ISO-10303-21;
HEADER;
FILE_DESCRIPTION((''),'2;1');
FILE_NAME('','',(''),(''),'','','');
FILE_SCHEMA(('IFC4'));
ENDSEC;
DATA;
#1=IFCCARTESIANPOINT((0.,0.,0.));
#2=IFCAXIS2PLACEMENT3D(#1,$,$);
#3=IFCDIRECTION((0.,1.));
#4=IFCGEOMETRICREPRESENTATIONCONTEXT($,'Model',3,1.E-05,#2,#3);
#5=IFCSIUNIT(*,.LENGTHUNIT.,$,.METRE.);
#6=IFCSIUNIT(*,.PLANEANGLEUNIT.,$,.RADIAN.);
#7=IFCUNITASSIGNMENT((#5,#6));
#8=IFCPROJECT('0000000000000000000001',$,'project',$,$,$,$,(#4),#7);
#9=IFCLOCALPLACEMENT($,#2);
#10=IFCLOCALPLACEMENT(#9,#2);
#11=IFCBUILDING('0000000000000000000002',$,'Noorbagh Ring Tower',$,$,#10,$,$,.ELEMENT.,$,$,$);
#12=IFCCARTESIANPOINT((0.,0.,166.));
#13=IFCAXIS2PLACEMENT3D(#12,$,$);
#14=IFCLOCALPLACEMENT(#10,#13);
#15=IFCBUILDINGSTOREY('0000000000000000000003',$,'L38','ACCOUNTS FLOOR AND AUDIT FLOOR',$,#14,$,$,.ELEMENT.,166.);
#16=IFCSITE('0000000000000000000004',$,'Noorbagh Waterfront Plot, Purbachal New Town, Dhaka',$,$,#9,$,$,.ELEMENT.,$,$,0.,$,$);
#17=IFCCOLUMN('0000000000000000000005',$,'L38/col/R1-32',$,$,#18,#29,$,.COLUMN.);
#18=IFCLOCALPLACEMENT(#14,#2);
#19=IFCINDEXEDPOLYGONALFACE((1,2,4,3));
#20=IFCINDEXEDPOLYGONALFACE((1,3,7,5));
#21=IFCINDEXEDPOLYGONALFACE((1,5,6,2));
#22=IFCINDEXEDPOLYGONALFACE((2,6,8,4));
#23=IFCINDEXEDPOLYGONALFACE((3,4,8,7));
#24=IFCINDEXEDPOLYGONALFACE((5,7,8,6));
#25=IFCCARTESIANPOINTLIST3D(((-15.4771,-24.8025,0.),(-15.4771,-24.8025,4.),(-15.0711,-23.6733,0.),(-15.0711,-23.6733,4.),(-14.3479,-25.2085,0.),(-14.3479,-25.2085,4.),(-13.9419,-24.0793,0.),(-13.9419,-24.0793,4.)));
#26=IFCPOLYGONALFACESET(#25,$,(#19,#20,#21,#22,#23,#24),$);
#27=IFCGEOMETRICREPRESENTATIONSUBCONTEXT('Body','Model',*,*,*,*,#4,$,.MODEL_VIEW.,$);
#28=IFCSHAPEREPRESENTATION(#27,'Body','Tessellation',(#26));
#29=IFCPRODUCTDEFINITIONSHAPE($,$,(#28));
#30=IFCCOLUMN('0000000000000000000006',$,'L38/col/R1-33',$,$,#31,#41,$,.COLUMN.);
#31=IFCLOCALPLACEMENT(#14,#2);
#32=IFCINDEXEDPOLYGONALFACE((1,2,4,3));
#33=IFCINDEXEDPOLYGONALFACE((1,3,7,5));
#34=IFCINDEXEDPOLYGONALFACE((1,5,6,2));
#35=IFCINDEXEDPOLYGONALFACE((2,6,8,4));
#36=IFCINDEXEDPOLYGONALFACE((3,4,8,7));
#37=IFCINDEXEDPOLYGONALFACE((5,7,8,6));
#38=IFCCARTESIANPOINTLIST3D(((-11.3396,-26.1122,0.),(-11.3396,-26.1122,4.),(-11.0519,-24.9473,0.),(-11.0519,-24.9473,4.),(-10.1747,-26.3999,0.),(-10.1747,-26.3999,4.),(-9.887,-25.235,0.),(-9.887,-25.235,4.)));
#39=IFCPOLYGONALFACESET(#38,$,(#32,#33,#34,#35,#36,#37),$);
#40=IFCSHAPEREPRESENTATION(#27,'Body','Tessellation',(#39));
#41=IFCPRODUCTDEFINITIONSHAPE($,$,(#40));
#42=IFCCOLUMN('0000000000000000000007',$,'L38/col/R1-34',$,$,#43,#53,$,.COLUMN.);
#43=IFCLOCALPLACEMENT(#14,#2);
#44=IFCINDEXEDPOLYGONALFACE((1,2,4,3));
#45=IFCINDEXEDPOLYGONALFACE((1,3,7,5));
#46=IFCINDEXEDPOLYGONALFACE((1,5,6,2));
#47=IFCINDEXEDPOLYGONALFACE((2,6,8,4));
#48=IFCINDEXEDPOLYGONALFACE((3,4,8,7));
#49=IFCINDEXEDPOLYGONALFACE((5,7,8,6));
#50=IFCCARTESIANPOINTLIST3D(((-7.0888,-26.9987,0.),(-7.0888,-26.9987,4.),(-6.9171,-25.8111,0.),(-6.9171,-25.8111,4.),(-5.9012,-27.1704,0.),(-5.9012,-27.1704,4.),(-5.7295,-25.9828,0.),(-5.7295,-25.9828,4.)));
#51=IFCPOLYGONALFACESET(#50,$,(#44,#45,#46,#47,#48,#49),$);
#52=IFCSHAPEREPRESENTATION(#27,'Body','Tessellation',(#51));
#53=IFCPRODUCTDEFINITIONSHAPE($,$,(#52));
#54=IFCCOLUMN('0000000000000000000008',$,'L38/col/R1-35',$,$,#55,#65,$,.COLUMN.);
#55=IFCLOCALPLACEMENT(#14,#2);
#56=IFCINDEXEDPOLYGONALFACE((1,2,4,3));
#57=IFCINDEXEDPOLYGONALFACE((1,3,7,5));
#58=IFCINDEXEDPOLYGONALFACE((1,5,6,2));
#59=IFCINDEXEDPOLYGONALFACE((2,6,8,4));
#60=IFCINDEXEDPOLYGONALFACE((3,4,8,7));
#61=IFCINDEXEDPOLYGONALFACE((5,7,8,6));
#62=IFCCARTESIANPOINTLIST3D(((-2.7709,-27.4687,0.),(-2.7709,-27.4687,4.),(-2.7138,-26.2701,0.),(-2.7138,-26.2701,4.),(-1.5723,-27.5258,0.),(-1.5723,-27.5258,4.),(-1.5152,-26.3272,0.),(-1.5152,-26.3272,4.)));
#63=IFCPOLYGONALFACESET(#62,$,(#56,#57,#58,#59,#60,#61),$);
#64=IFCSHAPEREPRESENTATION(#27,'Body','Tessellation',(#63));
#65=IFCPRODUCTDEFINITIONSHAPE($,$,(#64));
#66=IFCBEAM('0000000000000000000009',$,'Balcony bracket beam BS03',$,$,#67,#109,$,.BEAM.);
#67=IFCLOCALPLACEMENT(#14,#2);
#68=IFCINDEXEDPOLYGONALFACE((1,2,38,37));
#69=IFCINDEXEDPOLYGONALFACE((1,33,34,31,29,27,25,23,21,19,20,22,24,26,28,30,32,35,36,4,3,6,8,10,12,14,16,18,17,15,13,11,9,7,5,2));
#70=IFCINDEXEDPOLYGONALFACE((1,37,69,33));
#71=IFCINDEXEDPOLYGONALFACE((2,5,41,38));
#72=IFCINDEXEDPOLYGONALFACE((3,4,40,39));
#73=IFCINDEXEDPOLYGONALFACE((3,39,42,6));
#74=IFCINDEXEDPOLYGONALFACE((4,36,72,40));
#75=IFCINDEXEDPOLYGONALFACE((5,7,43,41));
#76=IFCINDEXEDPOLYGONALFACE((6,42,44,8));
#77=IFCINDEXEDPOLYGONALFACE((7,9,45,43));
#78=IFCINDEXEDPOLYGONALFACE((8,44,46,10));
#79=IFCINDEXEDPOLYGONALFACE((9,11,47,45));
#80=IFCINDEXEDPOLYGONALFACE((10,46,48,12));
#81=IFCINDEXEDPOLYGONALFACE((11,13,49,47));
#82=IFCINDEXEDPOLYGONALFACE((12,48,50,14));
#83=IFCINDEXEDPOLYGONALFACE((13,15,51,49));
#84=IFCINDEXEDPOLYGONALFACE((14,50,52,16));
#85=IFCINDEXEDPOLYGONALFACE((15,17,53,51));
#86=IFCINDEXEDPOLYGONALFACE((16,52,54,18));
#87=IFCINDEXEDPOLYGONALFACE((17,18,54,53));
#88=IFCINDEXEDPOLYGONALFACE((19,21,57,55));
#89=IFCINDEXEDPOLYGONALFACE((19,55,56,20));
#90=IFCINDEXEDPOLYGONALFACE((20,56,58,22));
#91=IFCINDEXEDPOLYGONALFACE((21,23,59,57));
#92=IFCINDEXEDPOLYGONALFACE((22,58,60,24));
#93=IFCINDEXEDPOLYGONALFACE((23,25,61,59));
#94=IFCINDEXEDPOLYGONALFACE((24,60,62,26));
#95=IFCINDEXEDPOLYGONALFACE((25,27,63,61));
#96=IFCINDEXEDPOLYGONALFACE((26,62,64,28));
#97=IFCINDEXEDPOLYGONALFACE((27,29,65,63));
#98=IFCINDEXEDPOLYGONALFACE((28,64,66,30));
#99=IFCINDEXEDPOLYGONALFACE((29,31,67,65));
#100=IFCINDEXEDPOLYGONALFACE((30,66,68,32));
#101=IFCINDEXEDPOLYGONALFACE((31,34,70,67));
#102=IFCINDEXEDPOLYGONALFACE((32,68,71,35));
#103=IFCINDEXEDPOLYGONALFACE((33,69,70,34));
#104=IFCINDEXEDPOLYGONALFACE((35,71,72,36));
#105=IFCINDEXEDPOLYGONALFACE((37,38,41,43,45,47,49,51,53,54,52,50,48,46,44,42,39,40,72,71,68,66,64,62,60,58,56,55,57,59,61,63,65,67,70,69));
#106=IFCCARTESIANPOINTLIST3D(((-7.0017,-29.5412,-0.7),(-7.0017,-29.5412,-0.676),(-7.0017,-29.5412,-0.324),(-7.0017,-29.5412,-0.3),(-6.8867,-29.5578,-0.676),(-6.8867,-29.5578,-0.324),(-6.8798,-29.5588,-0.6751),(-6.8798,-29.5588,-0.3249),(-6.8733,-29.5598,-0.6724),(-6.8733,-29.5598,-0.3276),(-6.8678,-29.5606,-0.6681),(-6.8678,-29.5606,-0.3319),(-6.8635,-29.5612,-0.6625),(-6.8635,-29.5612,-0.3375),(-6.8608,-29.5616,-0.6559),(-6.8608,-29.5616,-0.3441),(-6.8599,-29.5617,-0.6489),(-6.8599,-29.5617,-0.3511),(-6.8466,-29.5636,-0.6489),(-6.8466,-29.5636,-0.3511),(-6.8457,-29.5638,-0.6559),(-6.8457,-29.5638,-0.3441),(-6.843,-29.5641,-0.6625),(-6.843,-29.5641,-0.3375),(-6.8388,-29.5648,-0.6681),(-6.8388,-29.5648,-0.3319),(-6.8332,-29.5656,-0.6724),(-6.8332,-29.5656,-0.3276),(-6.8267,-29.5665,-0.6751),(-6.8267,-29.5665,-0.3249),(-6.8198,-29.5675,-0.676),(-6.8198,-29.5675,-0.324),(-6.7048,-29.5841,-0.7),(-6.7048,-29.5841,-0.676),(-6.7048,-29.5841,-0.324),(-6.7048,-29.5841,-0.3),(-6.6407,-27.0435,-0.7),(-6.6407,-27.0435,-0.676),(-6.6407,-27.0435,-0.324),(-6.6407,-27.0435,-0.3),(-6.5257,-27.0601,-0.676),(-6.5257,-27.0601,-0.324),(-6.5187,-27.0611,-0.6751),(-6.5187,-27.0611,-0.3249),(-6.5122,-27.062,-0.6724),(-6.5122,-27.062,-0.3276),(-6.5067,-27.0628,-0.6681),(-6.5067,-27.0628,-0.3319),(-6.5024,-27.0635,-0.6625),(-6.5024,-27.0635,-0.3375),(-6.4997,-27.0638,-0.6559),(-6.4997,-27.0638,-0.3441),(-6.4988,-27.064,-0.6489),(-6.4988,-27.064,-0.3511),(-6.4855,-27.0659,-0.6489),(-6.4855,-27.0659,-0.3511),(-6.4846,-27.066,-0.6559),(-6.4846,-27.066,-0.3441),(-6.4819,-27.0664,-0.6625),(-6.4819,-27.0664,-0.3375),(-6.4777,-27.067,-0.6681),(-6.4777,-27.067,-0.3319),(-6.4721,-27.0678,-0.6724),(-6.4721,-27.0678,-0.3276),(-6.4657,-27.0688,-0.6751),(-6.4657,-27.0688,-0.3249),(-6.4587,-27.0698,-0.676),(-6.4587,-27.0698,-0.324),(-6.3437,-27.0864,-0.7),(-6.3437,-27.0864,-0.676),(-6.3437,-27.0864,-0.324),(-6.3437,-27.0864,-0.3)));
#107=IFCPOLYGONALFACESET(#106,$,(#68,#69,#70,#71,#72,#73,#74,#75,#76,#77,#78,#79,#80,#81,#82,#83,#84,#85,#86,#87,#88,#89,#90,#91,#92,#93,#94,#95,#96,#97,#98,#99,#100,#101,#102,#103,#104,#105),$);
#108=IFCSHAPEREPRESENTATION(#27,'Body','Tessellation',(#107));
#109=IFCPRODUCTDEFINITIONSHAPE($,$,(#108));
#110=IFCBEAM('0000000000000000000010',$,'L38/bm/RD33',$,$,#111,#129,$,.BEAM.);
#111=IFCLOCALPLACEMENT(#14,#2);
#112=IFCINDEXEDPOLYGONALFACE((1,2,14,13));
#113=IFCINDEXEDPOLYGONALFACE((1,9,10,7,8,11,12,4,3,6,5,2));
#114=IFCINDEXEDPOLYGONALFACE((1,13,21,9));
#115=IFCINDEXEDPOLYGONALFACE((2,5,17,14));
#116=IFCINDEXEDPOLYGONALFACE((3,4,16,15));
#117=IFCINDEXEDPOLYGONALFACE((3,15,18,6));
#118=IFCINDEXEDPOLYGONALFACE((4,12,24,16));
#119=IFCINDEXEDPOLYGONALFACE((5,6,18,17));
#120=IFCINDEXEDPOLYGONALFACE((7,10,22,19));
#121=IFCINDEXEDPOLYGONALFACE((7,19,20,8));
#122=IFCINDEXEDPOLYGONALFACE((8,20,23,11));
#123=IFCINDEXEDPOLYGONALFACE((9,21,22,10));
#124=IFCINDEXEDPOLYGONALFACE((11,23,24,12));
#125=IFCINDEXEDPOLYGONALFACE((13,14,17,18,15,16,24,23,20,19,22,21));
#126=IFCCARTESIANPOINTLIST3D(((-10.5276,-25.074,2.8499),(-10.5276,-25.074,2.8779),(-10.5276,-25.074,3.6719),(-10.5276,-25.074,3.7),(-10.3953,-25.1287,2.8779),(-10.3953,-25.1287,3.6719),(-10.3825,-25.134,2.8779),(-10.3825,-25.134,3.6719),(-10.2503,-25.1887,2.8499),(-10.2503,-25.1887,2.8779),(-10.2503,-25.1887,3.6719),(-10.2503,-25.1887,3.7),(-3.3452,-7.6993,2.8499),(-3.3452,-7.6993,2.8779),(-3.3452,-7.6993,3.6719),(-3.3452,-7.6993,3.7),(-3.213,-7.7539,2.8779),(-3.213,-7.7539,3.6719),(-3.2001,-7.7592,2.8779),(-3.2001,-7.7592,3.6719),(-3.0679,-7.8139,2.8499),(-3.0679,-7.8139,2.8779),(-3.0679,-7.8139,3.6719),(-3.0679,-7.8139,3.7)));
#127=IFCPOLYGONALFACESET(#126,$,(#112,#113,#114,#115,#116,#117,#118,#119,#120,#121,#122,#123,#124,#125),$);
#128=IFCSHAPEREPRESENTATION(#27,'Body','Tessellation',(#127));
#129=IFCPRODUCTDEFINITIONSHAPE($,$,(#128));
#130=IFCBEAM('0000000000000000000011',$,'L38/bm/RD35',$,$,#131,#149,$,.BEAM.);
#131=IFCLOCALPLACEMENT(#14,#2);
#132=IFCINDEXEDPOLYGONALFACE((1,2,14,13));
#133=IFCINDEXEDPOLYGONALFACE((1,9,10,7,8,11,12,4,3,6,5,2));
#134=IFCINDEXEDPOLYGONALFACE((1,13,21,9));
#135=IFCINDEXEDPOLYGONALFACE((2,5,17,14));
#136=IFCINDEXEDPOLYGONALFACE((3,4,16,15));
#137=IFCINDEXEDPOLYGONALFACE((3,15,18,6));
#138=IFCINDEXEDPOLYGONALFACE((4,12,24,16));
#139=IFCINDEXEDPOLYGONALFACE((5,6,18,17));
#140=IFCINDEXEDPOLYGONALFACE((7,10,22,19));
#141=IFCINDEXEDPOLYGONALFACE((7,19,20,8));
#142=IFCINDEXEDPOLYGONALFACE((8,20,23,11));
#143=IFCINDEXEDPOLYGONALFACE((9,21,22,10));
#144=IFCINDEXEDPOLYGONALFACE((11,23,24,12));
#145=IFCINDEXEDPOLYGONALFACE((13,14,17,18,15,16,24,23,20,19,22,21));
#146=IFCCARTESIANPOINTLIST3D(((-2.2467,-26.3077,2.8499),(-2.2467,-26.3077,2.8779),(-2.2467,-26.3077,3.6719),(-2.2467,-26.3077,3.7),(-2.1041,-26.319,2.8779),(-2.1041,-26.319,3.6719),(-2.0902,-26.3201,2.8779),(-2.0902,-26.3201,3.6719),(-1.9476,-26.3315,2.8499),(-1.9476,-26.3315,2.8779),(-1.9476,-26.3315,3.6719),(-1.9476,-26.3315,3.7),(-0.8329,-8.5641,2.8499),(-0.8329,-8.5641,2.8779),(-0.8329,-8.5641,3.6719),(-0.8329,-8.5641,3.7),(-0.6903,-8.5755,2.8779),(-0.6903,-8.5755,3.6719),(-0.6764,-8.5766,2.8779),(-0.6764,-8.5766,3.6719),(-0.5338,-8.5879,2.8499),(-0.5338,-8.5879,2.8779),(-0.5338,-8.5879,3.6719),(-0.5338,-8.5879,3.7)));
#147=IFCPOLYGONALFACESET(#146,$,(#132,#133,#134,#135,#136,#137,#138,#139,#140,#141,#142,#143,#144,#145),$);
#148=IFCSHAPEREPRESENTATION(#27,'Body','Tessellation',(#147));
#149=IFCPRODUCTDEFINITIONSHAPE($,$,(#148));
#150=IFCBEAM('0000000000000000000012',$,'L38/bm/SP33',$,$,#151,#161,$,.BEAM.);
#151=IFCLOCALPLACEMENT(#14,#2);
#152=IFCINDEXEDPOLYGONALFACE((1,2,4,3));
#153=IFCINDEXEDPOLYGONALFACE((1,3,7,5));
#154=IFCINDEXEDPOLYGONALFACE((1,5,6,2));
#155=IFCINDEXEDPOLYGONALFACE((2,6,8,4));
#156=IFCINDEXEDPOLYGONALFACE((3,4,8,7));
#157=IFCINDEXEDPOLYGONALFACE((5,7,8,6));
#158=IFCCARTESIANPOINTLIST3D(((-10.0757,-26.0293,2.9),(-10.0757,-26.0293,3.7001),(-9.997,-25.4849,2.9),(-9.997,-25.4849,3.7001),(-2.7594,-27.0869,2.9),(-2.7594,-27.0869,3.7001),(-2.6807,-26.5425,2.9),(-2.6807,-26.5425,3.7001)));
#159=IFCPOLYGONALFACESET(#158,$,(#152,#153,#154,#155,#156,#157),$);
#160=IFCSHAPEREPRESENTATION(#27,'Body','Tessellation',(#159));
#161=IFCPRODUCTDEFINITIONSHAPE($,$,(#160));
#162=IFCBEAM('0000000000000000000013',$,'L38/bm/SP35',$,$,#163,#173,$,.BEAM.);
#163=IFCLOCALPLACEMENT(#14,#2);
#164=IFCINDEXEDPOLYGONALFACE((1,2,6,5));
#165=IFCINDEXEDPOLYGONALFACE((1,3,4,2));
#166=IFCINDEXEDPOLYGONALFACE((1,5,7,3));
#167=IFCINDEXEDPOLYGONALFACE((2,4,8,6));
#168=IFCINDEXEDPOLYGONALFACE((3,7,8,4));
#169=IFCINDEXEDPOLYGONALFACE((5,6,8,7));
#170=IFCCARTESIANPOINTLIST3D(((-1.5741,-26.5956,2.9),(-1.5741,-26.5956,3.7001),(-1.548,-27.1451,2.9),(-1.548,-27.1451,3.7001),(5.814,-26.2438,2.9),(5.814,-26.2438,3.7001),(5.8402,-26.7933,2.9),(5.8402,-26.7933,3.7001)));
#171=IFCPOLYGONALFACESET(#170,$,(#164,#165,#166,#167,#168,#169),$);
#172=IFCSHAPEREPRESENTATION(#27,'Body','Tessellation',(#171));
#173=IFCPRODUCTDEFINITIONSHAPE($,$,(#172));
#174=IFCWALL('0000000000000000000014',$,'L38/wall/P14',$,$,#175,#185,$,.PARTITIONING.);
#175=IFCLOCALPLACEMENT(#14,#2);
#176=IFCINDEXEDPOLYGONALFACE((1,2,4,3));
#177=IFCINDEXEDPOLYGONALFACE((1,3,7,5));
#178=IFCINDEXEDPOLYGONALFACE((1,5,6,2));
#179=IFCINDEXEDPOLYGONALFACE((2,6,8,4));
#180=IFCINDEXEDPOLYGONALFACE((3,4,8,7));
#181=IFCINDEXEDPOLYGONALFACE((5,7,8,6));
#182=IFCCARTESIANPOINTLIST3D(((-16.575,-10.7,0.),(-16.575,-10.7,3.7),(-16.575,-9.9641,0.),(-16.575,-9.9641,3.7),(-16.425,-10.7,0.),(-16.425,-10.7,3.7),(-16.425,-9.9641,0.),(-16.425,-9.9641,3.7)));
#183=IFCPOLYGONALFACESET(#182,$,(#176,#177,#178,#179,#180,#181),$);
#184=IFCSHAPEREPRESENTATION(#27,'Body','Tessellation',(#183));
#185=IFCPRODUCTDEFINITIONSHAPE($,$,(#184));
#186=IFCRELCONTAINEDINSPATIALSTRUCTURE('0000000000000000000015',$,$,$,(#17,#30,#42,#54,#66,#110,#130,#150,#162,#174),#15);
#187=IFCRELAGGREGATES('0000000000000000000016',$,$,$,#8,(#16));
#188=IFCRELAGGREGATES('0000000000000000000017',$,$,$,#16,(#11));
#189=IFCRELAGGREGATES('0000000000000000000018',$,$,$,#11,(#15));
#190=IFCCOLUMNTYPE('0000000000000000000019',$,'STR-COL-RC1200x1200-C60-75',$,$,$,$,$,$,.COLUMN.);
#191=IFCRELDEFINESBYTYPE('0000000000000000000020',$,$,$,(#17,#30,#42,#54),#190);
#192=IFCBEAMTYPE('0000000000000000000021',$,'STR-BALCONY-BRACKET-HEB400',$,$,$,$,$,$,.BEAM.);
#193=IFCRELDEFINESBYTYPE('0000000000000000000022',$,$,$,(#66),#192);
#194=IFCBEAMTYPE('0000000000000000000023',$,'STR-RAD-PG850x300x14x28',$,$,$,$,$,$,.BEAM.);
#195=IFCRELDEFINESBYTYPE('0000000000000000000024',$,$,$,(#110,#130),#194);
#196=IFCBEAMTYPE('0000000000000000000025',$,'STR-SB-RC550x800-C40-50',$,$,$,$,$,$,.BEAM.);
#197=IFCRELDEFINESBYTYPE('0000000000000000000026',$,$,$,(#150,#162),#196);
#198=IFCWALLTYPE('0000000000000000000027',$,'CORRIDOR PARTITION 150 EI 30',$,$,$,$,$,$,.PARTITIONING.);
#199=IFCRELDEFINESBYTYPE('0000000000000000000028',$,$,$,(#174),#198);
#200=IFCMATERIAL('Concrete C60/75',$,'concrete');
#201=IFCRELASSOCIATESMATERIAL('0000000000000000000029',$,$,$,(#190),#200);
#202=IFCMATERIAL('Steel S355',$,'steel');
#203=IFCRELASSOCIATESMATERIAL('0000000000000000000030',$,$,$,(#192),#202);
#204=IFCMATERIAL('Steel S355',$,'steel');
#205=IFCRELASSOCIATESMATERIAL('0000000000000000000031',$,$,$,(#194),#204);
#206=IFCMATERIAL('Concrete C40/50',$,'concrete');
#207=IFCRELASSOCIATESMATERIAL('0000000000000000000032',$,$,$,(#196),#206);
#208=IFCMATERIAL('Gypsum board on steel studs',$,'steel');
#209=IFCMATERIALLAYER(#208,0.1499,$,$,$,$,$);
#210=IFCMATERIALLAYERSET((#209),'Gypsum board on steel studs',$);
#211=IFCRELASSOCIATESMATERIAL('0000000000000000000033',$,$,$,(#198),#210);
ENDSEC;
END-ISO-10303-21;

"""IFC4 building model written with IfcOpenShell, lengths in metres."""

from ifc_helpers import new_model, si_unit, direction, frame, frame_2d, origin, origin_2d, place, context, subcontext, project, spatial, rectangle, i_section, extrude, material, layer, layer_set, material_profile, profile_set, type_object, element, save


model = new_model("IFC4")

# Units and contexts
model_context = context("Model", 3, precision=1e-05, world=origin(), true_north=direction((0.0, 1.0)))
body_context = subcontext(model_context, "Body", "Model", "MODEL_VIEW")
ifc_project = project(units=[si_unit("LENGTHUNIT", "METRE"), si_unit("PLANEANGLEUNIT", "RADIAN")], contexts=[model_context])

# Site, building, storey
site_placement = place(None, origin())
site = spatial("IfcSite", under=ifc_project, at=site_placement, Name="Noorbagh Waterfront Plot, Purbachal New Town, Dhaka", CompositionType="ELEMENT", RefElevation=0.0)
building_placement = place(site_placement, origin())
building = spatial("IfcBuilding", under=site, at=building_placement, Name="Noorbagh Ring Tower", CompositionType="ELEMENT")
storey_placement = place(building_placement, frame((0.0, 0.0, 166.0)))
storey = spatial("IfcBuildingStorey", under=building, at=storey_placement, Name="L38", Description="ACCOUNTS FLOOR AND AUDIT FLOOR", CompositionType="ELEMENT", Elevation=166.0)

# Columns
ifc_material_1 = material(Name="Concrete C60/75", Category="concrete")
ifc_material_profile_1 = material_profile(ifc_material_1, rectangle(XDim=1.2, YDim=1.2, at=origin_2d()), Name="RC1200x1200")
ifc_profile_set_1 = profile_set([ifc_material_profile_1], Name="Concrete C60/75")
column_type = type_object("IfcColumnType", Name="STR-COL-RC1200x1200-C60-75", PredefinedType="COLUMN", material=ifc_profile_set_1)
for number, where, z_axis, x_axis, name in (
    (1, (-14.7095, -24.4409, 0.0), (0.0, 0.0, 1.0), (0.941025, -0.338338, 0.0), "L38/col/R1-32"),
    (2, (-10.6133, -25.6736, 0.0), (0.0, 0.0, 1.0), (0.970829, -0.239771, 0.0), "L38/col/R1-33"),
    (3, (-6.4092, -26.4907, 0.0), (0.0, 0.0, 1.0), (0.989713, -0.143066, 0.0), "L38/col/R1-34"),
    (4, (-2.1431, -26.8979, 0.0), (0.0, 0.0, 1.0), (0.998869, -0.047553, 0.0), "L38/col/R1-35"),
):
    element("IfcColumn", number, at=place(storey_placement, frame(where, z_axis=z_axis, x_axis=x_axis)), inside=storey, type_object=column_type, Name=name, PredefinedType="COLUMN", context=body_context, shape_type="SweptSolid", body=[
        extrude(rectangle(XDim=1.2, YDim=1.2, at=origin_2d()), origin(), (0.0, 0.0, 1.0), 4.0),
    ])

# Beams
ifc_material_2 = material(Name="Steel S355", Category="steel")
ifc_material_profile_2 = material_profile(ifc_material_2, i_section(OverallWidth=0.3, OverallDepth=0.3999, WebThickness=0.0134, FlangeThickness=0.0239, FilletRadius=0.0271, at=origin_2d()), Name="HEB400")
ifc_profile_set_2 = profile_set([ifc_material_profile_2], Name="Steel S355")
beam_type_1 = type_object("IfcBeamType", Name="STR-BALCONY-BRACKET-HEB400", PredefinedType="BEAM", material=ifc_profile_set_2)
beam_1_placement = place(storey_placement, frame((-6.4922, -27.0649, -0.5), z_axis=(-0.143073, -0.989712, 0.0), x_axis=(0.989712, -0.143073, 0.0)))
element("IfcBeam", 5, at=beam_1_placement, inside=storey, type_object=beam_type_1, Name="Balcony bracket beam BS03", PredefinedType="BEAM", context=body_context, shape_type="SweptSolid", body=[
    extrude(i_section(OverallWidth=0.3, OverallDepth=0.3999, WebThickness=0.0134, FlangeThickness=0.0239, FilletRadius=0.0271, at=origin_2d()), origin(), (0.0, 0.0, 1.0), 2.5237),
])
ifc_material_3 = material(Name="Steel S355", Category="steel")
ifc_material_profile_3 = material_profile(ifc_material_3, i_section(OverallWidth=0.3, OverallDepth=0.8501, WebThickness=0.0139, FlangeThickness=0.0281, at=origin_2d()), Name="PG850x300x14x28")
ifc_profile_set_3 = profile_set([ifc_material_profile_3], Name="Steel S355")
beam_type_2 = type_object("IfcBeamType", Name="STR-RAD-PG850x300x14x28", PredefinedType="BEAM", material=ifc_profile_set_3)
beam_2_placement = place(storey_placement, frame((-10.3889, -25.1313, 3.2749), z_axis=(0.382026, 0.924152, 0.0), x_axis=(-0.924152, 0.382026, 0.0)))
element("IfcBeam", 6, at=beam_2_placement, inside=storey, type_object=beam_type_2, Name="L38/bm/RD33", PredefinedType="BEAM", context=body_context, shape_type="SweptSolid", body=[
    extrude(i_section(OverallWidth=0.3, OverallDepth=0.8501, WebThickness=0.0139, FlangeThickness=0.0281, at=origin_2d()), origin(), (0.0, 0.0, 1.0), 18.8008),
])
beam_3_placement = place(storey_placement, frame((-2.0972, -26.3196, 3.2749), z_axis=(0.079428, 0.996841, 0.0), x_axis=(-0.996841, 0.079428, 0.0)))
element("IfcBeam", 7, at=beam_3_placement, inside=storey, type_object=beam_type_2, Name="L38/bm/RD35", PredefinedType="BEAM", context=body_context, shape_type="SweptSolid", body=[
    extrude(i_section(OverallWidth=0.3, OverallDepth=0.8501, WebThickness=0.0139, FlangeThickness=0.0281, at=origin_2d()), origin(), (0.0, 0.0, 1.0), 17.7998),
])
ifc_material_4 = material(Name="Concrete C40/50", Category="concrete")
ifc_material_profile_4 = material_profile(ifc_material_4, rectangle(XDim=0.55, YDim=0.8, at=origin_2d()), Name="RC550x800")
ifc_profile_set_4 = profile_set([ifc_material_profile_4], Name="Concrete C40/50")
beam_type_3 = type_object("IfcBeamType", Name="STR-SB-RC550x800-C40-50", PredefinedType="BEAM", material=ifc_profile_set_4)
beam_4_placement = place(storey_placement, frame((-10.0364, -25.7571, 3.3), z_axis=(0.989713, -0.143067, 0.0), x_axis=(0.143067, 0.989713, 0.0)))
element("IfcBeam", 8, at=beam_4_placement, inside=storey, type_object=beam_type_3, Name="L38/bm/SP33", PredefinedType="BEAM", context=body_context, shape_type="SweptSolid", body=[
    extrude(rectangle(XDim=0.55, YDim=0.8, at=origin_2d()), origin(), (0.0, 0.0, 1.0), 7.3923),
])
beam_5_placement = place(storey_placement, frame((-1.561, -26.8704, 3.3), z_axis=(0.998868, 0.047564, 0.0), x_axis=(-0.047564, 0.998868, 0.0)))
element("IfcBeam", 9, at=beam_5_placement, inside=storey, type_object=beam_type_3, Name="L38/bm/SP35", PredefinedType="BEAM", context=body_context, shape_type="SweptSolid", body=[
    extrude(rectangle(XDim=0.55, YDim=0.8, at=origin_2d()), origin(), (0.0, 0.0, 1.0), 7.3965),
])

# Wall
ifc_material_5 = material(Name="Gypsum board on steel studs", Category="steel")
ifc_layer_1 = layer(ifc_material_5, 0.1499)
ifc_layer_set_1 = layer_set([ifc_layer_1], Name="Gypsum board on steel studs")
wall_type_1 = type_object("IfcWallType", Name="CORRIDOR PARTITION 150 EI 30", PredefinedType="PARTITIONING", material=ifc_layer_set_1)
wall_1_placement = place(storey_placement, frame((-16.5, -10.7, 0.0), z_axis=(0.0, 0.0, 1.0), x_axis=(0.0, 1.0, 0.0)))
element("IfcWall", 10, at=wall_1_placement, inside=storey, type_object=wall_type_1, Name="L38/wall/P14", PredefinedType="PARTITIONING", context=body_context, shape_type="SweptSolid", body=[
    extrude(rectangle(XDim=0.7358, YDim=0.1499, at=frame_2d((0.3679, 0.0))), origin(), (0.0, 0.0, 1.0), 3.7),
])

save(model, "model.ifc")
